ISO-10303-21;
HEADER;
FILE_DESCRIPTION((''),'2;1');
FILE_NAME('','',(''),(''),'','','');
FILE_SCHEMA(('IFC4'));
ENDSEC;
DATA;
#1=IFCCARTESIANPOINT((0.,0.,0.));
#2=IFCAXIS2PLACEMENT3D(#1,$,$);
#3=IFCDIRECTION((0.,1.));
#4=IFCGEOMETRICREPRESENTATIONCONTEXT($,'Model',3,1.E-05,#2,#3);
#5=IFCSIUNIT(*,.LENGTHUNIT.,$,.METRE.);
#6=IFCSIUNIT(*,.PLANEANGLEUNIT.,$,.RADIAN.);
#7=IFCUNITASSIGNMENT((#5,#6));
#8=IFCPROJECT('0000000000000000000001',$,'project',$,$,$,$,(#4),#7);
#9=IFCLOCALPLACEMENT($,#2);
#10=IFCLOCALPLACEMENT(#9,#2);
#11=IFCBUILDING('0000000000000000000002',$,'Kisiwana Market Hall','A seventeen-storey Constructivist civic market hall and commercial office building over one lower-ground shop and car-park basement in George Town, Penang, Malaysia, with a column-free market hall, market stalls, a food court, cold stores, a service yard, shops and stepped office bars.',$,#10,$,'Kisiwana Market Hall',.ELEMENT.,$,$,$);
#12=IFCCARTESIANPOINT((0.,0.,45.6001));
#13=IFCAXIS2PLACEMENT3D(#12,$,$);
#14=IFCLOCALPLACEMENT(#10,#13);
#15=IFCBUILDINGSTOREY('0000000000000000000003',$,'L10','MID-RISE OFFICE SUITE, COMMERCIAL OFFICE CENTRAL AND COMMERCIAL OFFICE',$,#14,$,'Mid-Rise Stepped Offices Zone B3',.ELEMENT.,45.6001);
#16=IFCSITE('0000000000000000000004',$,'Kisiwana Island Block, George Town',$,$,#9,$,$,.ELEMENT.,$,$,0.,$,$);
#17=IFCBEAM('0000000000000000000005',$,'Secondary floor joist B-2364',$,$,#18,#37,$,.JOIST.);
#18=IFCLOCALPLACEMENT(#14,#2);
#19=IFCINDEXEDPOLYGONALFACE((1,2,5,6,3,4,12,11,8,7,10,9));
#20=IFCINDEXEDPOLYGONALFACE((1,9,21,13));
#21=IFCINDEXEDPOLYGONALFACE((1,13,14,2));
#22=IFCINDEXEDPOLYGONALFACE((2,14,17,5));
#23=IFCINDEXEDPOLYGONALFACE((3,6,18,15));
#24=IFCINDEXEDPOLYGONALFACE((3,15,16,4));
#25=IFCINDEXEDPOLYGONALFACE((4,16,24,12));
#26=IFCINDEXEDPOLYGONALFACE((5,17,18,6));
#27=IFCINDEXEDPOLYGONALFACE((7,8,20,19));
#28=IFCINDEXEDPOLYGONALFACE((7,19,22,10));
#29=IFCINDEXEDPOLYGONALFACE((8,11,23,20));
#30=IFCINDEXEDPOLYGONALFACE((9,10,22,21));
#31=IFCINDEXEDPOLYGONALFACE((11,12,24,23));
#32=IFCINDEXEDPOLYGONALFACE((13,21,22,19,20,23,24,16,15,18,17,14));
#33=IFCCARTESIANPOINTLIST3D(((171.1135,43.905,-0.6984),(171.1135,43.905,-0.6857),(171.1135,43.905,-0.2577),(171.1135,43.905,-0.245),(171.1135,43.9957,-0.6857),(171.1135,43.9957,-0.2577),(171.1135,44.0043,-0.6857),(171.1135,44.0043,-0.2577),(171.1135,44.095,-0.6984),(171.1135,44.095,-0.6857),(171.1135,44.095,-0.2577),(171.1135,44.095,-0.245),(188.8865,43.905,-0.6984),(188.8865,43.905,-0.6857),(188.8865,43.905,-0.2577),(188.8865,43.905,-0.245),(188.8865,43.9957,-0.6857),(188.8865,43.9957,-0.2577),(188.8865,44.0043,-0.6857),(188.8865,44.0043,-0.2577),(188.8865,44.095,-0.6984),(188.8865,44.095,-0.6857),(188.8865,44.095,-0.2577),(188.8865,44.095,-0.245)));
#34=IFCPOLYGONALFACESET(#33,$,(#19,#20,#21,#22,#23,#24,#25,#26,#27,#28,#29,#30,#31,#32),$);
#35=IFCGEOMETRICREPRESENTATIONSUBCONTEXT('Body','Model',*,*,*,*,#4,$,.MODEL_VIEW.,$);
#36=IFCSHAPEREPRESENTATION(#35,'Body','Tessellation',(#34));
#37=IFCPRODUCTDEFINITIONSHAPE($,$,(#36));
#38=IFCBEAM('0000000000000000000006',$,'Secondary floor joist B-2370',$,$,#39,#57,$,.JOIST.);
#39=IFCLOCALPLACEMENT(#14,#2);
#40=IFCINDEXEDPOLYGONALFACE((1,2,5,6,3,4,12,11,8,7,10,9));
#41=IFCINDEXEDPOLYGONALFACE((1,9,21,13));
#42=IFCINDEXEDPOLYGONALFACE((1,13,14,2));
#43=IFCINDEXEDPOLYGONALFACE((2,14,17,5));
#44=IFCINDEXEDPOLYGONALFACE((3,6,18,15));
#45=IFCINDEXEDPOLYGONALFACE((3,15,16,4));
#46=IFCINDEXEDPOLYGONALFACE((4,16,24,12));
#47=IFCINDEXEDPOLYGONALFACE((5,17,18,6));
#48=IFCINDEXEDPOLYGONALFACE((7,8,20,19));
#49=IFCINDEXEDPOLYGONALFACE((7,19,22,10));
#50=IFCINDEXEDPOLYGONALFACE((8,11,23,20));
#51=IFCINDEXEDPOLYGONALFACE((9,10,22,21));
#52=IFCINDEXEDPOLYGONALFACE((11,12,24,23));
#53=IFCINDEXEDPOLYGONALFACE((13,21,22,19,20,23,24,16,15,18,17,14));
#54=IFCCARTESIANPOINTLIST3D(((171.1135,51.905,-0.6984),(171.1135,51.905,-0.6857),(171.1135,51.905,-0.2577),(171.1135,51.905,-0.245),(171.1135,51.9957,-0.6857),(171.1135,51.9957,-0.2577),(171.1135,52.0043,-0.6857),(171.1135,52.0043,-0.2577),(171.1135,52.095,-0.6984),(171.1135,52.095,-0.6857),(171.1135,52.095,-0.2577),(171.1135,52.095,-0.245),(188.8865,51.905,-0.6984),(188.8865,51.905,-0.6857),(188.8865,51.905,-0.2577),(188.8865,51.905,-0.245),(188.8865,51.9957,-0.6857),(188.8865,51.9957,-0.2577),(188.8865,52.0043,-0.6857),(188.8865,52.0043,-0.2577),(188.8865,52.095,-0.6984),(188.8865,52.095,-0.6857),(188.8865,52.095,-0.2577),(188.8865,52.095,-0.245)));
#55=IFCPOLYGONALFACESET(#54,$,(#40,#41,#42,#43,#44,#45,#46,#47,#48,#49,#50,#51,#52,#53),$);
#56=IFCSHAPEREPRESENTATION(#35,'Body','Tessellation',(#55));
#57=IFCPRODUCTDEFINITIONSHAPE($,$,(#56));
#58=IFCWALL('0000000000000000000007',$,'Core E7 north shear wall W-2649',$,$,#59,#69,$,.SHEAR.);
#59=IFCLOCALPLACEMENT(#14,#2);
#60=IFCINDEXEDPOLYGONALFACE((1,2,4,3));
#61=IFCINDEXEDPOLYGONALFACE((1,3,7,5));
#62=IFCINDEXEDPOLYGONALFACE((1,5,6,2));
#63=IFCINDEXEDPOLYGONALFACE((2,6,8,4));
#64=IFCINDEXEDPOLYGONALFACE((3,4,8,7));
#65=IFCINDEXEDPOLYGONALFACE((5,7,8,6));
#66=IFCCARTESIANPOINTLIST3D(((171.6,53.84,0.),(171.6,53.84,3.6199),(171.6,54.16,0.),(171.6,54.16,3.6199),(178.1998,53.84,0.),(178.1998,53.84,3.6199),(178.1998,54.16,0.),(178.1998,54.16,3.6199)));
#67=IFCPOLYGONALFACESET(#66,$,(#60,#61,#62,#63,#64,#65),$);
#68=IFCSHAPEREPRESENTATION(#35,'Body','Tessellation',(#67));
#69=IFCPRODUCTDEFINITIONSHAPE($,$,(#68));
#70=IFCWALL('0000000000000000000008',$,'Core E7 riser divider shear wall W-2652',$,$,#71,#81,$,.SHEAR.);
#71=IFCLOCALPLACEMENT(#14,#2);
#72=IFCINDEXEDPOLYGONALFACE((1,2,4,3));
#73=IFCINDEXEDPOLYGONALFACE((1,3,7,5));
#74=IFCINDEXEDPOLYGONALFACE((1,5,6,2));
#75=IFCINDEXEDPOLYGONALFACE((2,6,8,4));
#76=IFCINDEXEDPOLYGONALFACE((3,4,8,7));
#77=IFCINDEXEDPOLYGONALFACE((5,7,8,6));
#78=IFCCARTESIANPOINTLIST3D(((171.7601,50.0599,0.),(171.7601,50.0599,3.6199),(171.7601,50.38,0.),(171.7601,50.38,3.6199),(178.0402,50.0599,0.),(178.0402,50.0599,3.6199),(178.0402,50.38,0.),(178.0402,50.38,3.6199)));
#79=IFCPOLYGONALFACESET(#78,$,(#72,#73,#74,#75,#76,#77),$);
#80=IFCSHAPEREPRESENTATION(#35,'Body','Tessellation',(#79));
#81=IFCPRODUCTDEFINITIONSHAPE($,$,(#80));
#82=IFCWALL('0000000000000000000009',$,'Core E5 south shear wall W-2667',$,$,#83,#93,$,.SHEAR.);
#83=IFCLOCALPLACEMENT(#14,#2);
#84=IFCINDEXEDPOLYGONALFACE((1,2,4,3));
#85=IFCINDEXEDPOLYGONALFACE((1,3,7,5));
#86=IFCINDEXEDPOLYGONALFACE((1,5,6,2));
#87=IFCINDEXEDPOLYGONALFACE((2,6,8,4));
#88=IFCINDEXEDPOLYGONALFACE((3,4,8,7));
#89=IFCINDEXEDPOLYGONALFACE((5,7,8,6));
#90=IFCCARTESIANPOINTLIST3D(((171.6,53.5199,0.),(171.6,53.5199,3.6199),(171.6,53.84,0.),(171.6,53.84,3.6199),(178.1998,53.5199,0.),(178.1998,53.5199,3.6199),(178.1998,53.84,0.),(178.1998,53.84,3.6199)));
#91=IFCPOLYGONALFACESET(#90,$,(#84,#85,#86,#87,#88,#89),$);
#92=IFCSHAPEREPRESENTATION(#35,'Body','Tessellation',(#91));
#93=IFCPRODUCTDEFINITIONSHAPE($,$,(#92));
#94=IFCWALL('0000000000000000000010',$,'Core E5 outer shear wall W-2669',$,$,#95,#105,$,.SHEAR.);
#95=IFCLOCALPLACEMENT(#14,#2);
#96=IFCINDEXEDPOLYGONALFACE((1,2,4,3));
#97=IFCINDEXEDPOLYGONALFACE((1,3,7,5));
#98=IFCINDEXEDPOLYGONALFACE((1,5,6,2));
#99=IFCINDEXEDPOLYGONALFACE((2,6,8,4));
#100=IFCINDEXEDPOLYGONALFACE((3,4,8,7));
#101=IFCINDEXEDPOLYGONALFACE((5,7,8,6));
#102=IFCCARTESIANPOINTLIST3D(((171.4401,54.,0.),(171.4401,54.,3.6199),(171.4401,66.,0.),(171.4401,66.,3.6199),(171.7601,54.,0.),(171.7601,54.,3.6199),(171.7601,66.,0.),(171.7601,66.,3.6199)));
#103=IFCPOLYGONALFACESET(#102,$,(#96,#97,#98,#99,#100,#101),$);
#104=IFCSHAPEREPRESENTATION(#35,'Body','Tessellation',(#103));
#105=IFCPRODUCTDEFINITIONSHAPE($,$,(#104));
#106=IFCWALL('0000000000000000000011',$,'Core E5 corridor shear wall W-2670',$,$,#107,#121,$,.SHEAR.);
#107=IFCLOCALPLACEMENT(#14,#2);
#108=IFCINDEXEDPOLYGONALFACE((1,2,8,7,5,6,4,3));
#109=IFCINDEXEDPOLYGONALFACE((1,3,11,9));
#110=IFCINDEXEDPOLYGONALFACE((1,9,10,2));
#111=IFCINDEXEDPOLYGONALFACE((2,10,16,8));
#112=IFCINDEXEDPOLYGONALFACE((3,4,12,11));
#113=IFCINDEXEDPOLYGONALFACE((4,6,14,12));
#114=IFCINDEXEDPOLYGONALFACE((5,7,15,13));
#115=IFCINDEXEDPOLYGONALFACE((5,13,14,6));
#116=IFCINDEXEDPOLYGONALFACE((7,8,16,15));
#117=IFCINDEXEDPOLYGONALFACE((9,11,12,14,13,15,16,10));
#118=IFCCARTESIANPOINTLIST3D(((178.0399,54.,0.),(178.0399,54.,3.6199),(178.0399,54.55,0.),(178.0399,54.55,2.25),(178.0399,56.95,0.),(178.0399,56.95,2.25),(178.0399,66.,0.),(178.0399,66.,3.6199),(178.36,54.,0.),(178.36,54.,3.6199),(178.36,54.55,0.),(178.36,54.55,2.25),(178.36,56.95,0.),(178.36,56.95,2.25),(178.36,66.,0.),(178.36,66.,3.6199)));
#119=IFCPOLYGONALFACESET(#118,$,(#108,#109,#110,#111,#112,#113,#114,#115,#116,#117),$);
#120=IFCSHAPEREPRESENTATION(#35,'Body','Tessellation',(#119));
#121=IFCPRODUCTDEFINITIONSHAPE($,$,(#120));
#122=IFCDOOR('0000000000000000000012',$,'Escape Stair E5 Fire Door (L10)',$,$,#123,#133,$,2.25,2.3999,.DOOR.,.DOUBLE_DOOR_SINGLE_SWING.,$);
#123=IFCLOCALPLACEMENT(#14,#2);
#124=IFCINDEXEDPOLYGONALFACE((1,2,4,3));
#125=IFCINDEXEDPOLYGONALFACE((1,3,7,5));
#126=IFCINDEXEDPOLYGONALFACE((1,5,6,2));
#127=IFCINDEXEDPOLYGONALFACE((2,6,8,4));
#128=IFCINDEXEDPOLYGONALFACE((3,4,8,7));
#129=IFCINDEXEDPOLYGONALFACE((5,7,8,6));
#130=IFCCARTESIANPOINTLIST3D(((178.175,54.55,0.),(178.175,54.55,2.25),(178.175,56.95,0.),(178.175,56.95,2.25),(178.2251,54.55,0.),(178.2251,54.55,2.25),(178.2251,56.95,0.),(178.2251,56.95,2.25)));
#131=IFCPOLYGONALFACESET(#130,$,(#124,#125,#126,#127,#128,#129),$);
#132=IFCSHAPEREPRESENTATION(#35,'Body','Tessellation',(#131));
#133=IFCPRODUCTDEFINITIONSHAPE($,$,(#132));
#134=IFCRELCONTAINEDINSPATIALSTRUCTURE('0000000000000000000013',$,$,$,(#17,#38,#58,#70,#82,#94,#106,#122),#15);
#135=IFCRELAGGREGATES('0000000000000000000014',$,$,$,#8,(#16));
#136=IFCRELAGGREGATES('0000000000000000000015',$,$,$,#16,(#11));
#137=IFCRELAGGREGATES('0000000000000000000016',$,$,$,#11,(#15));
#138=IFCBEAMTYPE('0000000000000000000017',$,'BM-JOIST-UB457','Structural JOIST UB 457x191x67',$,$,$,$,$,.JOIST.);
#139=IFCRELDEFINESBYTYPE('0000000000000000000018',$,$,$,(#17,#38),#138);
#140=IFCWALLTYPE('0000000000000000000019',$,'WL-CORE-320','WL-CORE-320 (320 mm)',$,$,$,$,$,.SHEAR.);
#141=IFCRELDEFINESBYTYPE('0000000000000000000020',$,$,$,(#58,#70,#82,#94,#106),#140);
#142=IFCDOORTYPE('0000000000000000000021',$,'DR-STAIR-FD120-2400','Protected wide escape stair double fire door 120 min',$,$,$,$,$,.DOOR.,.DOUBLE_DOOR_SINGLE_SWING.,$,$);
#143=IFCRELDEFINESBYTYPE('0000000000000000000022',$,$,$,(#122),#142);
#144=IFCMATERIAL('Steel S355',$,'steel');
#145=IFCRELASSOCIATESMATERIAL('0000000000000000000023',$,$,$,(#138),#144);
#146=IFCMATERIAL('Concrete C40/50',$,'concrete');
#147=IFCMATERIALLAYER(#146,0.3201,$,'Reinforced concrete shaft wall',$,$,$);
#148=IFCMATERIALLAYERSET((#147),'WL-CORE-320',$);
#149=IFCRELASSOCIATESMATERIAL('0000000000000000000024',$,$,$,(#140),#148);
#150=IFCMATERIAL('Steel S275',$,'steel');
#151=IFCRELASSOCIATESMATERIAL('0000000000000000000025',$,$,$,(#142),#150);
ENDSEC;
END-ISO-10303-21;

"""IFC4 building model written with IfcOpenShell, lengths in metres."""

from ifc_helpers import new_model, si_unit, direction, frame, frame_2d, origin, origin_2d, place, context, subcontext, project, spatial, rectangle, i_section, extrude, material, layer, layer_set, material_profile, profile_set, type_object, element, fill, save


model = new_model("IFC4")

# Units and contexts
model_context = context("Model", 3, precision=1e-05, world=origin(), true_north=direction((0.0, 1.0)))
body_context = subcontext(model_context, "Body", "Model", "MODEL_VIEW")
ifc_project = project(units=[si_unit("LENGTHUNIT", "METRE"), si_unit("PLANEANGLEUNIT", "RADIAN")], contexts=[model_context])

# Site, building, storey
site_placement = place(None, origin())
site = spatial("IfcSite", under=ifc_project, at=site_placement, Name="Kisiwana Island Block, George Town", CompositionType="ELEMENT", RefElevation=0.0)
building_placement = place(site_placement, origin())
building = spatial("IfcBuilding", under=site, at=building_placement, Name="Kisiwana Market Hall", Description="A seventeen-storey Constructivist civic market hall and commercial office building over one lower-ground shop and car-park basement in George Town, Penang, Malaysia, with a column-free market hall, market stalls, a food court, cold stores, a service yard, shops and stepped office bars.", LongName="Kisiwana Market Hall", CompositionType="ELEMENT")
storey_placement = place(building_placement, frame((0.0, 0.0, 45.6001)))
storey = spatial("IfcBuildingStorey", under=building, at=storey_placement, Name="L10", Description="MID-RISE OFFICE SUITE, COMMERCIAL OFFICE CENTRAL AND COMMERCIAL OFFICE", LongName="Mid-Rise Stepped Offices Zone B3", CompositionType="ELEMENT", Elevation=45.6001)

# Beams
ifc_material_1 = material(Name="Steel S355", Category="steel")
ifc_material_profile = material_profile(ifc_material_1, i_section(OverallWidth=0.1899, OverallDepth=0.4534, WebThickness=0.0085, FlangeThickness=0.0127, at=origin_2d()), Name="UB 457x191x67")
ifc_profile_set = profile_set([ifc_material_profile], Name="Steel S355")
beam_type = type_object("IfcBeamType", Name="BM-JOIST-UB457", Description="Structural JOIST UB 457x191x67", PredefinedType="JOIST", material=ifc_profile_set)
for number, where, z_axis, x_axis, name in (
    (1, (171.1135, 44.0, -0.4717), (1.0, 0.0, 0.0), (0.0, 1.0, 0.0), "Secondary floor joist B-2364"),
    (2, (171.1135, 52.0, -0.4717), (1.0, 0.0, 0.0), (0.0, 1.0, 0.0), "Secondary floor joist B-2370"),
):
    element("IfcBeam", number, at=place(storey_placement, frame(where, z_axis=z_axis, x_axis=x_axis)), inside=storey, type_object=beam_type, Name=name, PredefinedType="JOIST", context=body_context, shape_type="SweptSolid", body=[
        extrude(i_section(OverallWidth=0.1899, OverallDepth=0.4534, WebThickness=0.0085, FlangeThickness=0.0127, at=origin_2d()), origin(), (0.0, 0.0, 1.0), 17.7729),
    ])

# Walls
ifc_material_2 = material(Name="Concrete C40/50", Category="concrete")
ifc_layer = layer(ifc_material_2, 0.3201, Name="Reinforced concrete shaft wall")
ifc_layer_set = layer_set([ifc_layer], Name="WL-CORE-320")
wall_type = type_object("IfcWallType", Name="WL-CORE-320", Description="WL-CORE-320 (320 mm)", PredefinedType="SHEAR", material=ifc_layer_set)
wall_1_placement = place(storey_placement, frame((171.6001, 54.0, 0.0), z_axis=(0.0, 0.0, 1.0), x_axis=(1.0, 0.0, 0.0)))
element("IfcWall", 3, at=wall_1_placement, inside=storey, type_object=wall_type, Name="Core E7 north shear wall W-2649", PredefinedType="SHEAR", context=body_context, shape_type="SweptSolid", body=[
    extrude(rectangle(XDim=6.5999, YDim=0.3201, at=frame_2d((3.2998, 0.0))), origin(), (0.0, 0.0, 1.0), 3.6199),
])
wall_2_placement = place(storey_placement, frame((171.76, 50.22, 0.0), z_axis=(0.0, 0.0, 1.0), x_axis=(1.0, 0.0, 0.0)))
element("IfcWall", 4, at=wall_2_placement, inside=storey, type_object=wall_type, Name="Core E7 riser divider shear wall W-2652", PredefinedType="SHEAR", context=body_context, shape_type="SweptSolid", body=[
    extrude(rectangle(XDim=6.28, YDim=0.3201, at=frame_2d((3.1401, 0.0))), origin(), (0.0, 0.0, 1.0), 3.6199),
])
wall_3_placement = place(storey_placement, frame((171.6001, 53.6799, 0.0), z_axis=(0.0, 0.0, 1.0), x_axis=(1.0, 0.0, 0.0)))
element("IfcWall", 5, at=wall_3_placement, inside=storey, type_object=wall_type, Name="Core E5 south shear wall W-2667", PredefinedType="SHEAR", context=body_context, shape_type="SweptSolid", body=[
    extrude(rectangle(XDim=6.5999, YDim=0.3201, at=frame_2d((3.2998, 0.0))), origin(), (0.0, 0.0, 1.0), 3.6199),
])
wall_4_placement = place(storey_placement, frame((171.6001, 54.0, 0.0), z_axis=(0.0, 0.0, 1.0), x_axis=(0.0, 1.0, 0.0)))
element("IfcWall", 6, at=wall_4_placement, inside=storey, type_object=wall_type, Name="Core E5 outer shear wall W-2669", PredefinedType="SHEAR", context=body_context, shape_type="SweptSolid", body=[
    extrude(rectangle(XDim=12.0, YDim=0.3201, at=frame_2d((6.0, 0.0))), origin(), (0.0, 0.0, 1.0), 3.6199),
])

# Wall, opening, door
wall_5_placement = place(storey_placement, frame((178.2, 54.0, 0.0), z_axis=(0.0, 0.0, 1.0), x_axis=(0.0, 1.0, 0.0)))
wall_5 = element("IfcWall", 7, at=wall_5_placement, inside=storey, type_object=wall_type, Name="Core E5 corridor shear wall W-2670", PredefinedType="SHEAR", context=body_context, shape_type="SweptSolid", body=[
    extrude(rectangle(XDim=12.0, YDim=0.3201, at=frame_2d((6.0, 0.0))), origin(), (0.0, 0.0, 1.0), 3.6199),
])
opening_placement = place(wall_5_placement, frame((0.55, 0.0, 0.0)))
opening = element("IfcOpeningElement", 8, at=opening_placement, cuts=wall_5, PredefinedType="OPENING", context=body_context, shape_type="SweptSolid", body=[
    extrude(rectangle(XDim=2.3999, YDim=2.25, at=frame_2d((1.2, 1.125))), frame((0.0, 0.1719, 0.0), z_axis=(0.0, -1.0, 0.0), x_axis=(1.0, 0.0, 0.0)), (0.0, 0.0, 1.0), 0.344),
])
ifc_material_3 = material(Name="Steel S275", Category="steel")
door_type = type_object("IfcDoorType", Name="DR-STAIR-FD120-2400", Description="Protected wide escape stair double fire door 120 min", OperationType="DOUBLE_DOOR_SINGLE_SWING", PredefinedType="DOOR", material=ifc_material_3)
door_placement = place(opening_placement, origin())
door = element("IfcDoor", 9, at=door_placement, inside=storey, type_object=door_type, Name="Escape Stair E5 Fire Door (L10)", OperationType="DOUBLE_DOOR_SINGLE_SWING", OverallHeight=2.25, OverallWidth=2.3999, PredefinedType="DOOR", context=body_context, shape_type="SweptSolid", body=[
    extrude(rectangle(XDim=2.3999, YDim=2.25, at=frame_2d((1.2, 1.125))), frame((0.0, 0.0249, 0.0), z_axis=(0.0, -1.0, 0.0), x_axis=(1.0, 0.0, 0.0)), (0.0, 0.0, 1.0), 0.05),
])
fill(opening, door)

save(model, "model.ifc")
